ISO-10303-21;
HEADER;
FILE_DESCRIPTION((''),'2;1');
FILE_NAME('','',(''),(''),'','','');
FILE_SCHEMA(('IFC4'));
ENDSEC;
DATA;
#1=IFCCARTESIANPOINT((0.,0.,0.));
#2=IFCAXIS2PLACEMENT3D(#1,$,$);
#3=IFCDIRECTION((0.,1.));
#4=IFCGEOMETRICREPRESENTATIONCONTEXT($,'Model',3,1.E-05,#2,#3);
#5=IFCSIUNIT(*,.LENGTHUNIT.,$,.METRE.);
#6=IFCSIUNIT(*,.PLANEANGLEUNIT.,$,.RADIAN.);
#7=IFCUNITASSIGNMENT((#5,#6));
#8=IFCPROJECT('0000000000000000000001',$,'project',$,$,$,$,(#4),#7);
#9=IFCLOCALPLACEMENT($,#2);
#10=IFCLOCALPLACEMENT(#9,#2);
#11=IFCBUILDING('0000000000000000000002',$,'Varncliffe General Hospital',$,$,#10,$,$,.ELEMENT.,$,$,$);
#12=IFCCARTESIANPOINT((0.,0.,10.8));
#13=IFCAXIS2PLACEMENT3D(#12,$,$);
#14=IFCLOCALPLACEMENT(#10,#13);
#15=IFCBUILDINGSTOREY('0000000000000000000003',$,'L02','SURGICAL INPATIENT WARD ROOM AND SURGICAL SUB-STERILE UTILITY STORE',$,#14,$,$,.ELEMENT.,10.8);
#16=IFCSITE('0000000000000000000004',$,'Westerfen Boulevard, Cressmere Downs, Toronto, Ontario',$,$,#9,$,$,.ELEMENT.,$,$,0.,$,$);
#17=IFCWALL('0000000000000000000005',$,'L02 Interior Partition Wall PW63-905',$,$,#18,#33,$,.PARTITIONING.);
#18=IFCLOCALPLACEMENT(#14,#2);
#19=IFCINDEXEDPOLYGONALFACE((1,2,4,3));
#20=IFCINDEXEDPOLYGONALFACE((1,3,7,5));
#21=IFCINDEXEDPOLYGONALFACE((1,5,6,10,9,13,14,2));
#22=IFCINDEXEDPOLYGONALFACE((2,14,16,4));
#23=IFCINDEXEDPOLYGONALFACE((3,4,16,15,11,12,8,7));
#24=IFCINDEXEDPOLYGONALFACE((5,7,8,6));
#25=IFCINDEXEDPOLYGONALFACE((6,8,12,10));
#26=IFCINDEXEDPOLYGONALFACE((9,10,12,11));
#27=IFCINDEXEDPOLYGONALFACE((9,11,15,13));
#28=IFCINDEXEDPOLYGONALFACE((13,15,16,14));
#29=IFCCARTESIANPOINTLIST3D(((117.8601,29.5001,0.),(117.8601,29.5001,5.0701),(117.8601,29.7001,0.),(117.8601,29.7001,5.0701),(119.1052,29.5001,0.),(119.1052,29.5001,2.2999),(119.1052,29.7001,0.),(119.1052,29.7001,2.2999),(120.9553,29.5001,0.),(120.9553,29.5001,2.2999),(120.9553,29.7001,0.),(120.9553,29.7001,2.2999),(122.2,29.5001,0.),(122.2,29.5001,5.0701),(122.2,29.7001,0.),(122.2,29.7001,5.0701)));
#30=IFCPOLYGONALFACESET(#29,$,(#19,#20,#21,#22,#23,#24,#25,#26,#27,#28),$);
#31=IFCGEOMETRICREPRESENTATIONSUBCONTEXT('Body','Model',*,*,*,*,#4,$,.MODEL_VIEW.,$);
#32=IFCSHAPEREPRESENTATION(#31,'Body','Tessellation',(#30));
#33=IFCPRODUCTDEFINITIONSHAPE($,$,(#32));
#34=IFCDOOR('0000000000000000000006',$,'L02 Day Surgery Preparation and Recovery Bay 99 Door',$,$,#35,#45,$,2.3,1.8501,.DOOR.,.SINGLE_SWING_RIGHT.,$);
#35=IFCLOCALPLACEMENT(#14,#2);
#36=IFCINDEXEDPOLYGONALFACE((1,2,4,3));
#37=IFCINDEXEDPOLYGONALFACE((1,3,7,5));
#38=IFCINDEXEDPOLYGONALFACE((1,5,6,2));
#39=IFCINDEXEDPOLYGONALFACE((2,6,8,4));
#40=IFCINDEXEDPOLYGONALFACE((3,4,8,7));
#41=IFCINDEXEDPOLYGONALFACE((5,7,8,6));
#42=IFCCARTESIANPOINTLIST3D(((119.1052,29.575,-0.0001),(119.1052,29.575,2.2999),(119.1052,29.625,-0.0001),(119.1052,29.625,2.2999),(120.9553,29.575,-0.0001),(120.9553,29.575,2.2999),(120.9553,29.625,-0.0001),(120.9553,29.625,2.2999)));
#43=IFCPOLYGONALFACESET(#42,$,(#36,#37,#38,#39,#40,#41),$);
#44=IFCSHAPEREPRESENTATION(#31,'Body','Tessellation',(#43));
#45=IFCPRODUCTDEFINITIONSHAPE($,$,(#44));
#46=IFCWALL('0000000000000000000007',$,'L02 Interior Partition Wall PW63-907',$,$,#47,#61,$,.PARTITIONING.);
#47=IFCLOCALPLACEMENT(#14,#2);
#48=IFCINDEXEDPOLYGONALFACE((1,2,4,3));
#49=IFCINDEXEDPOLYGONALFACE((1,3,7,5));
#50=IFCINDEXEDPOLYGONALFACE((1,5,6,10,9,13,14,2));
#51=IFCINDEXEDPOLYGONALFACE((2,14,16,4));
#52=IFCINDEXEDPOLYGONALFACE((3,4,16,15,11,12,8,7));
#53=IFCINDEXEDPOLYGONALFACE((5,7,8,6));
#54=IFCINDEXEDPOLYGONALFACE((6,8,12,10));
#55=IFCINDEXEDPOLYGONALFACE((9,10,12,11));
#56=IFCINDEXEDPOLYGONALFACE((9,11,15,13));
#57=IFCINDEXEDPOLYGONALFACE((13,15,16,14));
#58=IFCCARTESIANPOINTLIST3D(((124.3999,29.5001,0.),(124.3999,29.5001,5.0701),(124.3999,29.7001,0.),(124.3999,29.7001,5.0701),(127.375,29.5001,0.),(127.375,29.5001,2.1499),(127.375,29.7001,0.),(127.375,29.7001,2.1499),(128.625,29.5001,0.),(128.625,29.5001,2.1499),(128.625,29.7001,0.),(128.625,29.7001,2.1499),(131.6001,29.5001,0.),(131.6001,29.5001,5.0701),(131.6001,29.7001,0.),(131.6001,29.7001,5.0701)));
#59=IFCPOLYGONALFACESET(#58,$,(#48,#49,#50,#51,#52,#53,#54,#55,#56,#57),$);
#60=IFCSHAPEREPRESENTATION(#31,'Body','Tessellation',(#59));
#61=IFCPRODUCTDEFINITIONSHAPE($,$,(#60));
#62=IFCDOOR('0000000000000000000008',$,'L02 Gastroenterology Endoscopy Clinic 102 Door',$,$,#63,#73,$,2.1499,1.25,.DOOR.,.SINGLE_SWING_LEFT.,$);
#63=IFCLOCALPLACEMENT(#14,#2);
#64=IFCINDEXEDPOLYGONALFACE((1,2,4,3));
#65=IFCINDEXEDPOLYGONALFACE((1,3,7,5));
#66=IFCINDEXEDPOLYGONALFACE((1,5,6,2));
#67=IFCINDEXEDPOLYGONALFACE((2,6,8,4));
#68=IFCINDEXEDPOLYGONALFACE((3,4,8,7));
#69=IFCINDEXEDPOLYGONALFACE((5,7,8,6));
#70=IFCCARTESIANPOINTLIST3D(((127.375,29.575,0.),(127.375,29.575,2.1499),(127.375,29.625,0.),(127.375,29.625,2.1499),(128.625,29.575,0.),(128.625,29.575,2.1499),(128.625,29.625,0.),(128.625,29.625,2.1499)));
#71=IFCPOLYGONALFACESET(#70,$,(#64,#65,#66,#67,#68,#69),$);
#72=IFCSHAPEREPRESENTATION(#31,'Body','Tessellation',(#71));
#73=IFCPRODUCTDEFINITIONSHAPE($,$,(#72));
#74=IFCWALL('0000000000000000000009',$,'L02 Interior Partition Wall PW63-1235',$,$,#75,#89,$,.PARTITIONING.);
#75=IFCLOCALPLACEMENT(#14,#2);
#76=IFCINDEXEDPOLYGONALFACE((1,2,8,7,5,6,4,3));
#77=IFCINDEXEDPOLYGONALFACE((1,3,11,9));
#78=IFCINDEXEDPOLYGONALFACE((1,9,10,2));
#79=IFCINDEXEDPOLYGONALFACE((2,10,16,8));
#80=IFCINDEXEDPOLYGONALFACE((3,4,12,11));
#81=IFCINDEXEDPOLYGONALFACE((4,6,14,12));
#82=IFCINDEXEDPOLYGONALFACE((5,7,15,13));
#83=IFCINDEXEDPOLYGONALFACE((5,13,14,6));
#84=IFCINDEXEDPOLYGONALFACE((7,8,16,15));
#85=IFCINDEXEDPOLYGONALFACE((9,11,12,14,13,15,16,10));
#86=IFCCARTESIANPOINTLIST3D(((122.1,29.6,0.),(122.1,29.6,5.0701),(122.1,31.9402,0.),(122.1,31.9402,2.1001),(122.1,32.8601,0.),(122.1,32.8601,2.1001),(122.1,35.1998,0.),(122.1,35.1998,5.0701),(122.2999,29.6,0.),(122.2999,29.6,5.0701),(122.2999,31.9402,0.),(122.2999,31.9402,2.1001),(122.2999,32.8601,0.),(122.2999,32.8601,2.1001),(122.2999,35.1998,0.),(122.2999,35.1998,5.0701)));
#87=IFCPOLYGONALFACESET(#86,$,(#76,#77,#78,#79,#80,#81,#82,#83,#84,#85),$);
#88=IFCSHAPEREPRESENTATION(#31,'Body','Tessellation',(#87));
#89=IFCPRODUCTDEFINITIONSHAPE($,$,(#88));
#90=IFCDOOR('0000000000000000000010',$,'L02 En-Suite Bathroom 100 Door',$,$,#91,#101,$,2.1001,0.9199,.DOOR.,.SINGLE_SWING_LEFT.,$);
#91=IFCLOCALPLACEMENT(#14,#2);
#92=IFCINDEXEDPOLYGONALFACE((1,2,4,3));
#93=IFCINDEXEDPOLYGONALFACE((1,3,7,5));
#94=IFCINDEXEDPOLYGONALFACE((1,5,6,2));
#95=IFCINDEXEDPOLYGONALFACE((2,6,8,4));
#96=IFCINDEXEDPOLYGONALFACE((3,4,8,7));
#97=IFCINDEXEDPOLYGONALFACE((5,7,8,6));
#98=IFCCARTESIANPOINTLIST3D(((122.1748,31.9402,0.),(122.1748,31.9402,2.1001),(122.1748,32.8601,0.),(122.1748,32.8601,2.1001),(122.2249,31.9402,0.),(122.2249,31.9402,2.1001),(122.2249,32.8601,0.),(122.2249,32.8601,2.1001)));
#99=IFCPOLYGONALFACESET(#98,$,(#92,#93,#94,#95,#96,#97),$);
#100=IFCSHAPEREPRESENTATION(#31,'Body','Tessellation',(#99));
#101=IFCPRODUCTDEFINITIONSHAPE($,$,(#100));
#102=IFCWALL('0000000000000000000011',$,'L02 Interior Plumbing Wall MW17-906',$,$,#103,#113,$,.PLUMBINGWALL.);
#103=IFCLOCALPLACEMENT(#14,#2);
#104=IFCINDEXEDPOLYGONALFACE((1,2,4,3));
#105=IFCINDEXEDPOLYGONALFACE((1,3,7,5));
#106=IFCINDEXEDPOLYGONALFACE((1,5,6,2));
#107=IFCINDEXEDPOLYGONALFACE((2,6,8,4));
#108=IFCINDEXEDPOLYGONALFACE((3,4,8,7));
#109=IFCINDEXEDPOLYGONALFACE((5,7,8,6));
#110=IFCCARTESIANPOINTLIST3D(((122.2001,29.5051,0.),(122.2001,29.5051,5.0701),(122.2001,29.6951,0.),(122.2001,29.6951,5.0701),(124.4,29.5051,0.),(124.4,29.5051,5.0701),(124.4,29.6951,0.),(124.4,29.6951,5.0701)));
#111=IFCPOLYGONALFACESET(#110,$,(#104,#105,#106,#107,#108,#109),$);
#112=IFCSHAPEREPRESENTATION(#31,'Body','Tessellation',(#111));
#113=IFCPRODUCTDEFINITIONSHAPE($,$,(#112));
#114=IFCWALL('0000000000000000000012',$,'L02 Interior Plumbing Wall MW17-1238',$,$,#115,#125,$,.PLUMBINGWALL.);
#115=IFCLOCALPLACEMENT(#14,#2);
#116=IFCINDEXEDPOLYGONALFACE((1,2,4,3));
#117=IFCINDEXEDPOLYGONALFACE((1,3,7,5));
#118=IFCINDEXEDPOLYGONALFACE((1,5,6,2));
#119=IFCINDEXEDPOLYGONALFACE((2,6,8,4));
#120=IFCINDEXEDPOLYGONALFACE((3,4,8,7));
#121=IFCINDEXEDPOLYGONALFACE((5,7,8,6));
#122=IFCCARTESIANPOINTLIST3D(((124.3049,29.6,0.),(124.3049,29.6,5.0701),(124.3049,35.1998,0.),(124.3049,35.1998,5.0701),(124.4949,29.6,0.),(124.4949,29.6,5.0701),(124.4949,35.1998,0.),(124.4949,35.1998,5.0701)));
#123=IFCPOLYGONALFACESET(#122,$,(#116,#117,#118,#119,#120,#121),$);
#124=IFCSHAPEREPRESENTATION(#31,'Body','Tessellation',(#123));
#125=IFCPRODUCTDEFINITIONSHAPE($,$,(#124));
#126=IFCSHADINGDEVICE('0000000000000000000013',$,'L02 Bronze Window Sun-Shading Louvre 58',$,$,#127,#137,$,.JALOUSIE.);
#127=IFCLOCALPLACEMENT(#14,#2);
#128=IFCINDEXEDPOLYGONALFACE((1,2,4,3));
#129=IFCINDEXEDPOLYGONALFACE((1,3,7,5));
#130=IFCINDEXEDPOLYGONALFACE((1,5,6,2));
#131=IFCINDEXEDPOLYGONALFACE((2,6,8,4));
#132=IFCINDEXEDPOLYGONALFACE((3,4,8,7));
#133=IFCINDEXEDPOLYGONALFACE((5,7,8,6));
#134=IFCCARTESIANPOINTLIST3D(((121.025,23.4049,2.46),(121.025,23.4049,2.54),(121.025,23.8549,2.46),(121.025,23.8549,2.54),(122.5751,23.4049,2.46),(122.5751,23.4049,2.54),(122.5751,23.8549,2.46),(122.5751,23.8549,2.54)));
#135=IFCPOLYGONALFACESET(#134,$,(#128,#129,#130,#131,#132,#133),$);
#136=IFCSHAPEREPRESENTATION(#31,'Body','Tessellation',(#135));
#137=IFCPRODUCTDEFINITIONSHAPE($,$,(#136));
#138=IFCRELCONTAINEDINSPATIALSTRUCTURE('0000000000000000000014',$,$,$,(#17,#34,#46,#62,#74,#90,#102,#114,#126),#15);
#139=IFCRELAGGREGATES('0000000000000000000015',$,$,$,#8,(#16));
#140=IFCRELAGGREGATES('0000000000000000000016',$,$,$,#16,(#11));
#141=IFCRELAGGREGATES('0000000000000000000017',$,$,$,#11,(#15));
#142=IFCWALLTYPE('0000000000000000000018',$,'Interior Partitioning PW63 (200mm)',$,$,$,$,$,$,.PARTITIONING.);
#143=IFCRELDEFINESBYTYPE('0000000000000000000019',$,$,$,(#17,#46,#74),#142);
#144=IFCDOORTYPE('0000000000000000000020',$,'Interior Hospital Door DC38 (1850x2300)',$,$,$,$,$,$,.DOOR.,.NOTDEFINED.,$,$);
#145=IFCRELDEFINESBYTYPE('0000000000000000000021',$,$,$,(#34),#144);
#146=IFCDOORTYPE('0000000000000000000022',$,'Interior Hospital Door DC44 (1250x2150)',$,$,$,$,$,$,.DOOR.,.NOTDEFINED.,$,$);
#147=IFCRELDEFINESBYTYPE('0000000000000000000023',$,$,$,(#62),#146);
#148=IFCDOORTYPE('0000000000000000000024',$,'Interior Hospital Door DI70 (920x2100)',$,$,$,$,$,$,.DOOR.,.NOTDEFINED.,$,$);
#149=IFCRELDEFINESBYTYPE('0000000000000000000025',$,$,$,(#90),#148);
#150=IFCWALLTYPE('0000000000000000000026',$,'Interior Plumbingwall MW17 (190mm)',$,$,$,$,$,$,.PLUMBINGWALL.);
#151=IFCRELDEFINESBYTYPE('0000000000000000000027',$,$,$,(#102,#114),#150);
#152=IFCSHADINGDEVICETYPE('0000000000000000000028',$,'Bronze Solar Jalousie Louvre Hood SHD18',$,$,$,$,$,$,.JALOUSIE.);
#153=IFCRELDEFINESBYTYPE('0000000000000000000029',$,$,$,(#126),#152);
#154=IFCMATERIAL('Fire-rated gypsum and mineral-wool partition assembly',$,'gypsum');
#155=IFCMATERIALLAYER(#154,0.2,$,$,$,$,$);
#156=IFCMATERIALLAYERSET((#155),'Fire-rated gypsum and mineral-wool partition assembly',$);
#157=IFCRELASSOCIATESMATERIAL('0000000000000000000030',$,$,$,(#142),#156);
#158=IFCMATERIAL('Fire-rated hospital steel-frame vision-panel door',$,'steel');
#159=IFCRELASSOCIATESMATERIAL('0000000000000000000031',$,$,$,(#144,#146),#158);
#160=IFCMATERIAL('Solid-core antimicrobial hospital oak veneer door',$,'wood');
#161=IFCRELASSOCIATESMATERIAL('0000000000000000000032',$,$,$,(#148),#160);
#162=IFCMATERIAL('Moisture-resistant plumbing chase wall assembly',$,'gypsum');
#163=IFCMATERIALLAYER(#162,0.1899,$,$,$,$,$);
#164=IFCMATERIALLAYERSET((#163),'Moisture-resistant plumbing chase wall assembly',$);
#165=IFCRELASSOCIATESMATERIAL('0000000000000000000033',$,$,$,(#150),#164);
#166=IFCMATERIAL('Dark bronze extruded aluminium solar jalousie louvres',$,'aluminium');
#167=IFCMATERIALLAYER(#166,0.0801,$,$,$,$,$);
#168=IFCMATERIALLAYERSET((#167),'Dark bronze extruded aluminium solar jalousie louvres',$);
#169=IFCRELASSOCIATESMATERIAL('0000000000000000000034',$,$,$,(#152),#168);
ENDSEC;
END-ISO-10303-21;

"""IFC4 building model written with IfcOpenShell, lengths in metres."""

from ifc_helpers import new_model, si_unit, direction, frame, frame_2d, origin, origin_2d, place, context, subcontext, project, spatial, rectangle, extrude, material, layer, layer_set, type_object, element, fill, save


model = new_model("IFC4")

# Units and contexts
model_context = context("Model", 3, precision=1e-05, world=origin(), true_north=direction((0.0, 1.0)))
body_context = subcontext(model_context, "Body", "Model", "MODEL_VIEW")
ifc_project = project(units=[si_unit("LENGTHUNIT", "METRE"), si_unit("PLANEANGLEUNIT", "RADIAN")], contexts=[model_context])

# Site, building, storey
site_placement = place(None, origin())
site = spatial("IfcSite", under=ifc_project, at=site_placement, Name="Westerfen Boulevard, Cressmere Downs, Toronto, Ontario", CompositionType="ELEMENT", RefElevation=0.0)
building_placement = place(site_placement, origin())
building = spatial("IfcBuilding", under=site, at=building_placement, Name="Varncliffe General Hospital", CompositionType="ELEMENT")
storey_placement = place(building_placement, frame((0.0, 0.0, 10.8)))
storey = spatial("IfcBuildingStorey", under=building, at=storey_placement, Name="L02", Description="SURGICAL INPATIENT WARD ROOM AND SURGICAL SUB-STERILE UTILITY STORE", CompositionType="ELEMENT", Elevation=10.8)

# Walls, openings, doors
ifc_material_1 = material(Name="Fire-rated gypsum and mineral-wool partition assembly", Category="gypsum")
ifc_layer_1 = layer(ifc_material_1, 0.2)
ifc_layer_set_1 = layer_set([ifc_layer_1], Name="Fire-rated gypsum and mineral-wool partition assembly")
wall_type_1 = type_object("IfcWallType", Name="Interior Partitioning PW63 (200mm)", PredefinedType="PARTITIONING", material=ifc_layer_set_1)
ifc_material_2 = material(Name="Fire-rated hospital steel-frame vision-panel door", Category="steel")
wall_1_placement = place(storey_placement, frame((117.8601, 29.6001, 0.0), z_axis=(0.0, 0.0, 1.0), x_axis=(1.0, 0.0, 0.0)))
wall_1 = element("IfcWall", 1, at=wall_1_placement, inside=storey, type_object=wall_type_1, Name="L02 Interior Partition Wall PW63-905", PredefinedType="PARTITIONING", context=body_context, shape_type="SweptSolid", body=[
    extrude(rectangle(XDim=4.3398, YDim=0.2, at=frame_2d((2.1699, 0.0))), origin(), (0.0, 0.0, 1.0), 5.0701),
])
opening_1_placement = place(wall_1_placement, frame((1.2451, 0.0, 0.0)))
opening_1 = element("IfcOpeningElement", 2, at=opening_1_placement, cuts=wall_1, PredefinedType="OPENING", context=body_context, shape_type="SweptSolid", body=[
    extrude(rectangle(XDim=1.8501, YDim=2.3, at=frame_2d((0.925, 1.1499))), frame((0.0, 0.1099, 0.0), z_axis=(0.0, -1.0, 0.0), x_axis=(1.0, 0.0, 0.0)), (0.0, 0.0, 1.0), 0.22),
])
door_type_1 = type_object("IfcDoorType", Name="Interior Hospital Door DC38 (1850x2300)", OperationType="NOTDEFINED", PredefinedType="DOOR", material=ifc_material_2)
door_1_placement = place(opening_1_placement, origin())
door_1 = element("IfcDoor", 3, at=door_1_placement, inside=storey, type_object=door_type_1, Name="L02 Day Surgery Preparation and Recovery Bay 99 Door", OperationType="SINGLE_SWING_RIGHT", OverallHeight=2.3, OverallWidth=1.8501, PredefinedType="DOOR", context=body_context, shape_type="SweptSolid", body=[
    extrude(rectangle(XDim=1.8501, YDim=2.3, at=frame_2d((0.925, 1.1499))), frame((0.0, 0.0249, 0.0), z_axis=(0.0, -1.0, 0.0), x_axis=(1.0, 0.0, 0.0)), (0.0, 0.0, 1.0), 0.05),
])
fill(opening_1, door_1)
wall_2_placement = place(storey_placement, frame((124.3999, 29.6001, 0.0), z_axis=(0.0, 0.0, 1.0), x_axis=(1.0, 0.0, 0.0)))
wall_2 = element("IfcWall", 4, at=wall_2_placement, inside=storey, type_object=wall_type_1, Name="L02 Interior Partition Wall PW63-907", PredefinedType="PARTITIONING", context=body_context, shape_type="SweptSolid", body=[
    extrude(rectangle(XDim=7.2002, YDim=0.2, at=frame_2d((3.6001, 0.0))), origin(), (0.0, 0.0, 1.0), 5.0701),
])
opening_2_placement = place(wall_2_placement, frame((2.9751, 0.0, 0.0)))
opening_2 = element("IfcOpeningElement", 5, at=opening_2_placement, cuts=wall_2, PredefinedType="OPENING", context=body_context, shape_type="SweptSolid", body=[
    extrude(rectangle(XDim=1.25, YDim=2.1499, at=frame_2d((0.625, 1.075))), frame((0.0, 0.1099, 0.0), z_axis=(0.0, -1.0, 0.0), x_axis=(1.0, 0.0, 0.0)), (0.0, 0.0, 1.0), 0.22),
])
door_type_2 = type_object("IfcDoorType", Name="Interior Hospital Door DC44 (1250x2150)", OperationType="NOTDEFINED", PredefinedType="DOOR", material=ifc_material_2)
door_2_placement = place(opening_2_placement, origin())
door_2 = element("IfcDoor", 6, at=door_2_placement, inside=storey, type_object=door_type_2, Name="L02 Gastroenterology Endoscopy Clinic 102 Door", OperationType="SINGLE_SWING_LEFT", OverallHeight=2.1499, OverallWidth=1.25, PredefinedType="DOOR", context=body_context, shape_type="SweptSolid", body=[
    extrude(rectangle(XDim=1.25, YDim=2.1499, at=frame_2d((0.625, 1.075))), frame((0.0, 0.0249, 0.0), z_axis=(0.0, -1.0, 0.0), x_axis=(1.0, 0.0, 0.0)), (0.0, 0.0, 1.0), 0.05),
])
fill(opening_2, door_2)
wall_3_placement = place(storey_placement, frame((122.2, 29.6001, 0.0), z_axis=(0.0, 0.0, 1.0), x_axis=(0.0, 1.0, 0.0)))
wall_3 = element("IfcWall", 7, at=wall_3_placement, inside=storey, type_object=wall_type_1, Name="L02 Interior Partition Wall PW63-1235", PredefinedType="PARTITIONING", context=body_context, shape_type="SweptSolid", body=[
    extrude(rectangle(XDim=5.5999, YDim=0.2, at=frame_2d((2.7998, 0.0))), origin(), (0.0, 0.0, 1.0), 5.0701),
])
opening_3_placement = place(wall_3_placement, frame((2.3401, 0.0, 0.0)))
opening_3 = element("IfcOpeningElement", 8, at=opening_3_placement, cuts=wall_3, PredefinedType="OPENING", context=body_context, shape_type="SweptSolid", body=[
    extrude(rectangle(XDim=0.9199, YDim=2.1001, at=frame_2d((0.46, 1.05))), frame((0.0, 0.1099, 0.0), z_axis=(0.0, -1.0, 0.0), x_axis=(1.0, 0.0, 0.0)), (0.0, 0.0, 1.0), 0.22),
])
ifc_material_3 = material(Name="Solid-core antimicrobial hospital oak veneer door", Category="wood")
door_type_3 = type_object("IfcDoorType", Name="Interior Hospital Door DI70 (920x2100)", OperationType="NOTDEFINED", PredefinedType="DOOR", material=ifc_material_3)
door_3_placement = place(opening_3_placement, frame((0.9199, 0.0, 0.0), z_axis=(0.0, 0.0, 1.0), x_axis=(-1.0, 0.0, 0.0)))
door_3 = element("IfcDoor", 9, at=door_3_placement, inside=storey, type_object=door_type_3, Name="L02 En-Suite Bathroom 100 Door", OperationType="SINGLE_SWING_LEFT", OverallHeight=2.1001, OverallWidth=0.9199, PredefinedType="DOOR", context=body_context, shape_type="SweptSolid", body=[
    extrude(rectangle(XDim=0.9199, YDim=2.1001, at=frame_2d((0.46, 1.05))), frame((0.0, 0.0249, 0.0), z_axis=(0.0, -1.0, 0.0), x_axis=(1.0, 0.0, 0.0)), (0.0, 0.0, 1.0), 0.05),
])
fill(opening_3, door_3)

# Walls
ifc_material_4 = material(Name="Moisture-resistant plumbing chase wall assembly", Category="gypsum")
ifc_layer_2 = layer(ifc_material_4, 0.1899)
ifc_layer_set_2 = layer_set([ifc_layer_2], Name="Moisture-resistant plumbing chase wall assembly")
wall_type_2 = type_object("IfcWallType", Name="Interior Plumbingwall MW17 (190mm)", PredefinedType="PLUMBINGWALL", material=ifc_layer_set_2)
wall_4_placement = place(storey_placement, frame((122.2, 29.6001, 0.0), z_axis=(0.0, 0.0, 1.0), x_axis=(1.0, 0.0, 0.0)))
element("IfcWall", 10, at=wall_4_placement, inside=storey, type_object=wall_type_2, Name="L02 Interior Plumbing Wall MW17-906", PredefinedType="PLUMBINGWALL", context=body_context, shape_type="SweptSolid", body=[
    extrude(rectangle(XDim=2.2, YDim=0.1899, at=frame_2d((1.1001, 0.0))), origin(), (0.0, 0.0, 1.0), 5.0701),
])
wall_5_placement = place(storey_placement, frame((124.3999, 29.6001, 0.0), z_axis=(0.0, 0.0, 1.0), x_axis=(0.0, 1.0, 0.0)))
element("IfcWall", 11, at=wall_5_placement, inside=storey, type_object=wall_type_2, Name="L02 Interior Plumbing Wall MW17-1238", PredefinedType="PLUMBINGWALL", context=body_context, shape_type="SweptSolid", body=[
    extrude(rectangle(XDim=5.5999, YDim=0.1899, at=frame_2d((2.7998, 0.0))), origin(), (0.0, 0.0, 1.0), 5.0701),
])

# Shading device
ifc_material_5 = material(Name="Dark bronze extruded aluminium solar jalousie louvres", Category="aluminium")
ifc_layer_3 = layer(ifc_material_5, 0.0801)
ifc_layer_set_3 = layer_set([ifc_layer_3], Name="Dark bronze extruded aluminium solar jalousie louvres")
shading_device_type = type_object("IfcShadingDeviceType", Name="Bronze Solar Jalousie Louvre Hood SHD18", PredefinedType="JALOUSIE", material=ifc_layer_set_3)
shading_device_placement = place(storey_placement, frame((121.8, 23.6299, 2.46), z_axis=(0.0, 0.0, 1.0), x_axis=(-1.0, 0.0, 0.0)))
element("IfcShadingDevice", 12, at=shading_device_placement, inside=storey, type_object=shading_device_type, Name="L02 Bronze Window Sun-Shading Louvre 58", PredefinedType="JALOUSIE", context=body_context, shape_type="SweptSolid", body=[
    extrude(rectangle(XDim=1.55, YDim=0.45, at=origin_2d()), origin(), (0.0, 0.0, 1.0), 0.0801),
])

save(model, "model.ifc")
